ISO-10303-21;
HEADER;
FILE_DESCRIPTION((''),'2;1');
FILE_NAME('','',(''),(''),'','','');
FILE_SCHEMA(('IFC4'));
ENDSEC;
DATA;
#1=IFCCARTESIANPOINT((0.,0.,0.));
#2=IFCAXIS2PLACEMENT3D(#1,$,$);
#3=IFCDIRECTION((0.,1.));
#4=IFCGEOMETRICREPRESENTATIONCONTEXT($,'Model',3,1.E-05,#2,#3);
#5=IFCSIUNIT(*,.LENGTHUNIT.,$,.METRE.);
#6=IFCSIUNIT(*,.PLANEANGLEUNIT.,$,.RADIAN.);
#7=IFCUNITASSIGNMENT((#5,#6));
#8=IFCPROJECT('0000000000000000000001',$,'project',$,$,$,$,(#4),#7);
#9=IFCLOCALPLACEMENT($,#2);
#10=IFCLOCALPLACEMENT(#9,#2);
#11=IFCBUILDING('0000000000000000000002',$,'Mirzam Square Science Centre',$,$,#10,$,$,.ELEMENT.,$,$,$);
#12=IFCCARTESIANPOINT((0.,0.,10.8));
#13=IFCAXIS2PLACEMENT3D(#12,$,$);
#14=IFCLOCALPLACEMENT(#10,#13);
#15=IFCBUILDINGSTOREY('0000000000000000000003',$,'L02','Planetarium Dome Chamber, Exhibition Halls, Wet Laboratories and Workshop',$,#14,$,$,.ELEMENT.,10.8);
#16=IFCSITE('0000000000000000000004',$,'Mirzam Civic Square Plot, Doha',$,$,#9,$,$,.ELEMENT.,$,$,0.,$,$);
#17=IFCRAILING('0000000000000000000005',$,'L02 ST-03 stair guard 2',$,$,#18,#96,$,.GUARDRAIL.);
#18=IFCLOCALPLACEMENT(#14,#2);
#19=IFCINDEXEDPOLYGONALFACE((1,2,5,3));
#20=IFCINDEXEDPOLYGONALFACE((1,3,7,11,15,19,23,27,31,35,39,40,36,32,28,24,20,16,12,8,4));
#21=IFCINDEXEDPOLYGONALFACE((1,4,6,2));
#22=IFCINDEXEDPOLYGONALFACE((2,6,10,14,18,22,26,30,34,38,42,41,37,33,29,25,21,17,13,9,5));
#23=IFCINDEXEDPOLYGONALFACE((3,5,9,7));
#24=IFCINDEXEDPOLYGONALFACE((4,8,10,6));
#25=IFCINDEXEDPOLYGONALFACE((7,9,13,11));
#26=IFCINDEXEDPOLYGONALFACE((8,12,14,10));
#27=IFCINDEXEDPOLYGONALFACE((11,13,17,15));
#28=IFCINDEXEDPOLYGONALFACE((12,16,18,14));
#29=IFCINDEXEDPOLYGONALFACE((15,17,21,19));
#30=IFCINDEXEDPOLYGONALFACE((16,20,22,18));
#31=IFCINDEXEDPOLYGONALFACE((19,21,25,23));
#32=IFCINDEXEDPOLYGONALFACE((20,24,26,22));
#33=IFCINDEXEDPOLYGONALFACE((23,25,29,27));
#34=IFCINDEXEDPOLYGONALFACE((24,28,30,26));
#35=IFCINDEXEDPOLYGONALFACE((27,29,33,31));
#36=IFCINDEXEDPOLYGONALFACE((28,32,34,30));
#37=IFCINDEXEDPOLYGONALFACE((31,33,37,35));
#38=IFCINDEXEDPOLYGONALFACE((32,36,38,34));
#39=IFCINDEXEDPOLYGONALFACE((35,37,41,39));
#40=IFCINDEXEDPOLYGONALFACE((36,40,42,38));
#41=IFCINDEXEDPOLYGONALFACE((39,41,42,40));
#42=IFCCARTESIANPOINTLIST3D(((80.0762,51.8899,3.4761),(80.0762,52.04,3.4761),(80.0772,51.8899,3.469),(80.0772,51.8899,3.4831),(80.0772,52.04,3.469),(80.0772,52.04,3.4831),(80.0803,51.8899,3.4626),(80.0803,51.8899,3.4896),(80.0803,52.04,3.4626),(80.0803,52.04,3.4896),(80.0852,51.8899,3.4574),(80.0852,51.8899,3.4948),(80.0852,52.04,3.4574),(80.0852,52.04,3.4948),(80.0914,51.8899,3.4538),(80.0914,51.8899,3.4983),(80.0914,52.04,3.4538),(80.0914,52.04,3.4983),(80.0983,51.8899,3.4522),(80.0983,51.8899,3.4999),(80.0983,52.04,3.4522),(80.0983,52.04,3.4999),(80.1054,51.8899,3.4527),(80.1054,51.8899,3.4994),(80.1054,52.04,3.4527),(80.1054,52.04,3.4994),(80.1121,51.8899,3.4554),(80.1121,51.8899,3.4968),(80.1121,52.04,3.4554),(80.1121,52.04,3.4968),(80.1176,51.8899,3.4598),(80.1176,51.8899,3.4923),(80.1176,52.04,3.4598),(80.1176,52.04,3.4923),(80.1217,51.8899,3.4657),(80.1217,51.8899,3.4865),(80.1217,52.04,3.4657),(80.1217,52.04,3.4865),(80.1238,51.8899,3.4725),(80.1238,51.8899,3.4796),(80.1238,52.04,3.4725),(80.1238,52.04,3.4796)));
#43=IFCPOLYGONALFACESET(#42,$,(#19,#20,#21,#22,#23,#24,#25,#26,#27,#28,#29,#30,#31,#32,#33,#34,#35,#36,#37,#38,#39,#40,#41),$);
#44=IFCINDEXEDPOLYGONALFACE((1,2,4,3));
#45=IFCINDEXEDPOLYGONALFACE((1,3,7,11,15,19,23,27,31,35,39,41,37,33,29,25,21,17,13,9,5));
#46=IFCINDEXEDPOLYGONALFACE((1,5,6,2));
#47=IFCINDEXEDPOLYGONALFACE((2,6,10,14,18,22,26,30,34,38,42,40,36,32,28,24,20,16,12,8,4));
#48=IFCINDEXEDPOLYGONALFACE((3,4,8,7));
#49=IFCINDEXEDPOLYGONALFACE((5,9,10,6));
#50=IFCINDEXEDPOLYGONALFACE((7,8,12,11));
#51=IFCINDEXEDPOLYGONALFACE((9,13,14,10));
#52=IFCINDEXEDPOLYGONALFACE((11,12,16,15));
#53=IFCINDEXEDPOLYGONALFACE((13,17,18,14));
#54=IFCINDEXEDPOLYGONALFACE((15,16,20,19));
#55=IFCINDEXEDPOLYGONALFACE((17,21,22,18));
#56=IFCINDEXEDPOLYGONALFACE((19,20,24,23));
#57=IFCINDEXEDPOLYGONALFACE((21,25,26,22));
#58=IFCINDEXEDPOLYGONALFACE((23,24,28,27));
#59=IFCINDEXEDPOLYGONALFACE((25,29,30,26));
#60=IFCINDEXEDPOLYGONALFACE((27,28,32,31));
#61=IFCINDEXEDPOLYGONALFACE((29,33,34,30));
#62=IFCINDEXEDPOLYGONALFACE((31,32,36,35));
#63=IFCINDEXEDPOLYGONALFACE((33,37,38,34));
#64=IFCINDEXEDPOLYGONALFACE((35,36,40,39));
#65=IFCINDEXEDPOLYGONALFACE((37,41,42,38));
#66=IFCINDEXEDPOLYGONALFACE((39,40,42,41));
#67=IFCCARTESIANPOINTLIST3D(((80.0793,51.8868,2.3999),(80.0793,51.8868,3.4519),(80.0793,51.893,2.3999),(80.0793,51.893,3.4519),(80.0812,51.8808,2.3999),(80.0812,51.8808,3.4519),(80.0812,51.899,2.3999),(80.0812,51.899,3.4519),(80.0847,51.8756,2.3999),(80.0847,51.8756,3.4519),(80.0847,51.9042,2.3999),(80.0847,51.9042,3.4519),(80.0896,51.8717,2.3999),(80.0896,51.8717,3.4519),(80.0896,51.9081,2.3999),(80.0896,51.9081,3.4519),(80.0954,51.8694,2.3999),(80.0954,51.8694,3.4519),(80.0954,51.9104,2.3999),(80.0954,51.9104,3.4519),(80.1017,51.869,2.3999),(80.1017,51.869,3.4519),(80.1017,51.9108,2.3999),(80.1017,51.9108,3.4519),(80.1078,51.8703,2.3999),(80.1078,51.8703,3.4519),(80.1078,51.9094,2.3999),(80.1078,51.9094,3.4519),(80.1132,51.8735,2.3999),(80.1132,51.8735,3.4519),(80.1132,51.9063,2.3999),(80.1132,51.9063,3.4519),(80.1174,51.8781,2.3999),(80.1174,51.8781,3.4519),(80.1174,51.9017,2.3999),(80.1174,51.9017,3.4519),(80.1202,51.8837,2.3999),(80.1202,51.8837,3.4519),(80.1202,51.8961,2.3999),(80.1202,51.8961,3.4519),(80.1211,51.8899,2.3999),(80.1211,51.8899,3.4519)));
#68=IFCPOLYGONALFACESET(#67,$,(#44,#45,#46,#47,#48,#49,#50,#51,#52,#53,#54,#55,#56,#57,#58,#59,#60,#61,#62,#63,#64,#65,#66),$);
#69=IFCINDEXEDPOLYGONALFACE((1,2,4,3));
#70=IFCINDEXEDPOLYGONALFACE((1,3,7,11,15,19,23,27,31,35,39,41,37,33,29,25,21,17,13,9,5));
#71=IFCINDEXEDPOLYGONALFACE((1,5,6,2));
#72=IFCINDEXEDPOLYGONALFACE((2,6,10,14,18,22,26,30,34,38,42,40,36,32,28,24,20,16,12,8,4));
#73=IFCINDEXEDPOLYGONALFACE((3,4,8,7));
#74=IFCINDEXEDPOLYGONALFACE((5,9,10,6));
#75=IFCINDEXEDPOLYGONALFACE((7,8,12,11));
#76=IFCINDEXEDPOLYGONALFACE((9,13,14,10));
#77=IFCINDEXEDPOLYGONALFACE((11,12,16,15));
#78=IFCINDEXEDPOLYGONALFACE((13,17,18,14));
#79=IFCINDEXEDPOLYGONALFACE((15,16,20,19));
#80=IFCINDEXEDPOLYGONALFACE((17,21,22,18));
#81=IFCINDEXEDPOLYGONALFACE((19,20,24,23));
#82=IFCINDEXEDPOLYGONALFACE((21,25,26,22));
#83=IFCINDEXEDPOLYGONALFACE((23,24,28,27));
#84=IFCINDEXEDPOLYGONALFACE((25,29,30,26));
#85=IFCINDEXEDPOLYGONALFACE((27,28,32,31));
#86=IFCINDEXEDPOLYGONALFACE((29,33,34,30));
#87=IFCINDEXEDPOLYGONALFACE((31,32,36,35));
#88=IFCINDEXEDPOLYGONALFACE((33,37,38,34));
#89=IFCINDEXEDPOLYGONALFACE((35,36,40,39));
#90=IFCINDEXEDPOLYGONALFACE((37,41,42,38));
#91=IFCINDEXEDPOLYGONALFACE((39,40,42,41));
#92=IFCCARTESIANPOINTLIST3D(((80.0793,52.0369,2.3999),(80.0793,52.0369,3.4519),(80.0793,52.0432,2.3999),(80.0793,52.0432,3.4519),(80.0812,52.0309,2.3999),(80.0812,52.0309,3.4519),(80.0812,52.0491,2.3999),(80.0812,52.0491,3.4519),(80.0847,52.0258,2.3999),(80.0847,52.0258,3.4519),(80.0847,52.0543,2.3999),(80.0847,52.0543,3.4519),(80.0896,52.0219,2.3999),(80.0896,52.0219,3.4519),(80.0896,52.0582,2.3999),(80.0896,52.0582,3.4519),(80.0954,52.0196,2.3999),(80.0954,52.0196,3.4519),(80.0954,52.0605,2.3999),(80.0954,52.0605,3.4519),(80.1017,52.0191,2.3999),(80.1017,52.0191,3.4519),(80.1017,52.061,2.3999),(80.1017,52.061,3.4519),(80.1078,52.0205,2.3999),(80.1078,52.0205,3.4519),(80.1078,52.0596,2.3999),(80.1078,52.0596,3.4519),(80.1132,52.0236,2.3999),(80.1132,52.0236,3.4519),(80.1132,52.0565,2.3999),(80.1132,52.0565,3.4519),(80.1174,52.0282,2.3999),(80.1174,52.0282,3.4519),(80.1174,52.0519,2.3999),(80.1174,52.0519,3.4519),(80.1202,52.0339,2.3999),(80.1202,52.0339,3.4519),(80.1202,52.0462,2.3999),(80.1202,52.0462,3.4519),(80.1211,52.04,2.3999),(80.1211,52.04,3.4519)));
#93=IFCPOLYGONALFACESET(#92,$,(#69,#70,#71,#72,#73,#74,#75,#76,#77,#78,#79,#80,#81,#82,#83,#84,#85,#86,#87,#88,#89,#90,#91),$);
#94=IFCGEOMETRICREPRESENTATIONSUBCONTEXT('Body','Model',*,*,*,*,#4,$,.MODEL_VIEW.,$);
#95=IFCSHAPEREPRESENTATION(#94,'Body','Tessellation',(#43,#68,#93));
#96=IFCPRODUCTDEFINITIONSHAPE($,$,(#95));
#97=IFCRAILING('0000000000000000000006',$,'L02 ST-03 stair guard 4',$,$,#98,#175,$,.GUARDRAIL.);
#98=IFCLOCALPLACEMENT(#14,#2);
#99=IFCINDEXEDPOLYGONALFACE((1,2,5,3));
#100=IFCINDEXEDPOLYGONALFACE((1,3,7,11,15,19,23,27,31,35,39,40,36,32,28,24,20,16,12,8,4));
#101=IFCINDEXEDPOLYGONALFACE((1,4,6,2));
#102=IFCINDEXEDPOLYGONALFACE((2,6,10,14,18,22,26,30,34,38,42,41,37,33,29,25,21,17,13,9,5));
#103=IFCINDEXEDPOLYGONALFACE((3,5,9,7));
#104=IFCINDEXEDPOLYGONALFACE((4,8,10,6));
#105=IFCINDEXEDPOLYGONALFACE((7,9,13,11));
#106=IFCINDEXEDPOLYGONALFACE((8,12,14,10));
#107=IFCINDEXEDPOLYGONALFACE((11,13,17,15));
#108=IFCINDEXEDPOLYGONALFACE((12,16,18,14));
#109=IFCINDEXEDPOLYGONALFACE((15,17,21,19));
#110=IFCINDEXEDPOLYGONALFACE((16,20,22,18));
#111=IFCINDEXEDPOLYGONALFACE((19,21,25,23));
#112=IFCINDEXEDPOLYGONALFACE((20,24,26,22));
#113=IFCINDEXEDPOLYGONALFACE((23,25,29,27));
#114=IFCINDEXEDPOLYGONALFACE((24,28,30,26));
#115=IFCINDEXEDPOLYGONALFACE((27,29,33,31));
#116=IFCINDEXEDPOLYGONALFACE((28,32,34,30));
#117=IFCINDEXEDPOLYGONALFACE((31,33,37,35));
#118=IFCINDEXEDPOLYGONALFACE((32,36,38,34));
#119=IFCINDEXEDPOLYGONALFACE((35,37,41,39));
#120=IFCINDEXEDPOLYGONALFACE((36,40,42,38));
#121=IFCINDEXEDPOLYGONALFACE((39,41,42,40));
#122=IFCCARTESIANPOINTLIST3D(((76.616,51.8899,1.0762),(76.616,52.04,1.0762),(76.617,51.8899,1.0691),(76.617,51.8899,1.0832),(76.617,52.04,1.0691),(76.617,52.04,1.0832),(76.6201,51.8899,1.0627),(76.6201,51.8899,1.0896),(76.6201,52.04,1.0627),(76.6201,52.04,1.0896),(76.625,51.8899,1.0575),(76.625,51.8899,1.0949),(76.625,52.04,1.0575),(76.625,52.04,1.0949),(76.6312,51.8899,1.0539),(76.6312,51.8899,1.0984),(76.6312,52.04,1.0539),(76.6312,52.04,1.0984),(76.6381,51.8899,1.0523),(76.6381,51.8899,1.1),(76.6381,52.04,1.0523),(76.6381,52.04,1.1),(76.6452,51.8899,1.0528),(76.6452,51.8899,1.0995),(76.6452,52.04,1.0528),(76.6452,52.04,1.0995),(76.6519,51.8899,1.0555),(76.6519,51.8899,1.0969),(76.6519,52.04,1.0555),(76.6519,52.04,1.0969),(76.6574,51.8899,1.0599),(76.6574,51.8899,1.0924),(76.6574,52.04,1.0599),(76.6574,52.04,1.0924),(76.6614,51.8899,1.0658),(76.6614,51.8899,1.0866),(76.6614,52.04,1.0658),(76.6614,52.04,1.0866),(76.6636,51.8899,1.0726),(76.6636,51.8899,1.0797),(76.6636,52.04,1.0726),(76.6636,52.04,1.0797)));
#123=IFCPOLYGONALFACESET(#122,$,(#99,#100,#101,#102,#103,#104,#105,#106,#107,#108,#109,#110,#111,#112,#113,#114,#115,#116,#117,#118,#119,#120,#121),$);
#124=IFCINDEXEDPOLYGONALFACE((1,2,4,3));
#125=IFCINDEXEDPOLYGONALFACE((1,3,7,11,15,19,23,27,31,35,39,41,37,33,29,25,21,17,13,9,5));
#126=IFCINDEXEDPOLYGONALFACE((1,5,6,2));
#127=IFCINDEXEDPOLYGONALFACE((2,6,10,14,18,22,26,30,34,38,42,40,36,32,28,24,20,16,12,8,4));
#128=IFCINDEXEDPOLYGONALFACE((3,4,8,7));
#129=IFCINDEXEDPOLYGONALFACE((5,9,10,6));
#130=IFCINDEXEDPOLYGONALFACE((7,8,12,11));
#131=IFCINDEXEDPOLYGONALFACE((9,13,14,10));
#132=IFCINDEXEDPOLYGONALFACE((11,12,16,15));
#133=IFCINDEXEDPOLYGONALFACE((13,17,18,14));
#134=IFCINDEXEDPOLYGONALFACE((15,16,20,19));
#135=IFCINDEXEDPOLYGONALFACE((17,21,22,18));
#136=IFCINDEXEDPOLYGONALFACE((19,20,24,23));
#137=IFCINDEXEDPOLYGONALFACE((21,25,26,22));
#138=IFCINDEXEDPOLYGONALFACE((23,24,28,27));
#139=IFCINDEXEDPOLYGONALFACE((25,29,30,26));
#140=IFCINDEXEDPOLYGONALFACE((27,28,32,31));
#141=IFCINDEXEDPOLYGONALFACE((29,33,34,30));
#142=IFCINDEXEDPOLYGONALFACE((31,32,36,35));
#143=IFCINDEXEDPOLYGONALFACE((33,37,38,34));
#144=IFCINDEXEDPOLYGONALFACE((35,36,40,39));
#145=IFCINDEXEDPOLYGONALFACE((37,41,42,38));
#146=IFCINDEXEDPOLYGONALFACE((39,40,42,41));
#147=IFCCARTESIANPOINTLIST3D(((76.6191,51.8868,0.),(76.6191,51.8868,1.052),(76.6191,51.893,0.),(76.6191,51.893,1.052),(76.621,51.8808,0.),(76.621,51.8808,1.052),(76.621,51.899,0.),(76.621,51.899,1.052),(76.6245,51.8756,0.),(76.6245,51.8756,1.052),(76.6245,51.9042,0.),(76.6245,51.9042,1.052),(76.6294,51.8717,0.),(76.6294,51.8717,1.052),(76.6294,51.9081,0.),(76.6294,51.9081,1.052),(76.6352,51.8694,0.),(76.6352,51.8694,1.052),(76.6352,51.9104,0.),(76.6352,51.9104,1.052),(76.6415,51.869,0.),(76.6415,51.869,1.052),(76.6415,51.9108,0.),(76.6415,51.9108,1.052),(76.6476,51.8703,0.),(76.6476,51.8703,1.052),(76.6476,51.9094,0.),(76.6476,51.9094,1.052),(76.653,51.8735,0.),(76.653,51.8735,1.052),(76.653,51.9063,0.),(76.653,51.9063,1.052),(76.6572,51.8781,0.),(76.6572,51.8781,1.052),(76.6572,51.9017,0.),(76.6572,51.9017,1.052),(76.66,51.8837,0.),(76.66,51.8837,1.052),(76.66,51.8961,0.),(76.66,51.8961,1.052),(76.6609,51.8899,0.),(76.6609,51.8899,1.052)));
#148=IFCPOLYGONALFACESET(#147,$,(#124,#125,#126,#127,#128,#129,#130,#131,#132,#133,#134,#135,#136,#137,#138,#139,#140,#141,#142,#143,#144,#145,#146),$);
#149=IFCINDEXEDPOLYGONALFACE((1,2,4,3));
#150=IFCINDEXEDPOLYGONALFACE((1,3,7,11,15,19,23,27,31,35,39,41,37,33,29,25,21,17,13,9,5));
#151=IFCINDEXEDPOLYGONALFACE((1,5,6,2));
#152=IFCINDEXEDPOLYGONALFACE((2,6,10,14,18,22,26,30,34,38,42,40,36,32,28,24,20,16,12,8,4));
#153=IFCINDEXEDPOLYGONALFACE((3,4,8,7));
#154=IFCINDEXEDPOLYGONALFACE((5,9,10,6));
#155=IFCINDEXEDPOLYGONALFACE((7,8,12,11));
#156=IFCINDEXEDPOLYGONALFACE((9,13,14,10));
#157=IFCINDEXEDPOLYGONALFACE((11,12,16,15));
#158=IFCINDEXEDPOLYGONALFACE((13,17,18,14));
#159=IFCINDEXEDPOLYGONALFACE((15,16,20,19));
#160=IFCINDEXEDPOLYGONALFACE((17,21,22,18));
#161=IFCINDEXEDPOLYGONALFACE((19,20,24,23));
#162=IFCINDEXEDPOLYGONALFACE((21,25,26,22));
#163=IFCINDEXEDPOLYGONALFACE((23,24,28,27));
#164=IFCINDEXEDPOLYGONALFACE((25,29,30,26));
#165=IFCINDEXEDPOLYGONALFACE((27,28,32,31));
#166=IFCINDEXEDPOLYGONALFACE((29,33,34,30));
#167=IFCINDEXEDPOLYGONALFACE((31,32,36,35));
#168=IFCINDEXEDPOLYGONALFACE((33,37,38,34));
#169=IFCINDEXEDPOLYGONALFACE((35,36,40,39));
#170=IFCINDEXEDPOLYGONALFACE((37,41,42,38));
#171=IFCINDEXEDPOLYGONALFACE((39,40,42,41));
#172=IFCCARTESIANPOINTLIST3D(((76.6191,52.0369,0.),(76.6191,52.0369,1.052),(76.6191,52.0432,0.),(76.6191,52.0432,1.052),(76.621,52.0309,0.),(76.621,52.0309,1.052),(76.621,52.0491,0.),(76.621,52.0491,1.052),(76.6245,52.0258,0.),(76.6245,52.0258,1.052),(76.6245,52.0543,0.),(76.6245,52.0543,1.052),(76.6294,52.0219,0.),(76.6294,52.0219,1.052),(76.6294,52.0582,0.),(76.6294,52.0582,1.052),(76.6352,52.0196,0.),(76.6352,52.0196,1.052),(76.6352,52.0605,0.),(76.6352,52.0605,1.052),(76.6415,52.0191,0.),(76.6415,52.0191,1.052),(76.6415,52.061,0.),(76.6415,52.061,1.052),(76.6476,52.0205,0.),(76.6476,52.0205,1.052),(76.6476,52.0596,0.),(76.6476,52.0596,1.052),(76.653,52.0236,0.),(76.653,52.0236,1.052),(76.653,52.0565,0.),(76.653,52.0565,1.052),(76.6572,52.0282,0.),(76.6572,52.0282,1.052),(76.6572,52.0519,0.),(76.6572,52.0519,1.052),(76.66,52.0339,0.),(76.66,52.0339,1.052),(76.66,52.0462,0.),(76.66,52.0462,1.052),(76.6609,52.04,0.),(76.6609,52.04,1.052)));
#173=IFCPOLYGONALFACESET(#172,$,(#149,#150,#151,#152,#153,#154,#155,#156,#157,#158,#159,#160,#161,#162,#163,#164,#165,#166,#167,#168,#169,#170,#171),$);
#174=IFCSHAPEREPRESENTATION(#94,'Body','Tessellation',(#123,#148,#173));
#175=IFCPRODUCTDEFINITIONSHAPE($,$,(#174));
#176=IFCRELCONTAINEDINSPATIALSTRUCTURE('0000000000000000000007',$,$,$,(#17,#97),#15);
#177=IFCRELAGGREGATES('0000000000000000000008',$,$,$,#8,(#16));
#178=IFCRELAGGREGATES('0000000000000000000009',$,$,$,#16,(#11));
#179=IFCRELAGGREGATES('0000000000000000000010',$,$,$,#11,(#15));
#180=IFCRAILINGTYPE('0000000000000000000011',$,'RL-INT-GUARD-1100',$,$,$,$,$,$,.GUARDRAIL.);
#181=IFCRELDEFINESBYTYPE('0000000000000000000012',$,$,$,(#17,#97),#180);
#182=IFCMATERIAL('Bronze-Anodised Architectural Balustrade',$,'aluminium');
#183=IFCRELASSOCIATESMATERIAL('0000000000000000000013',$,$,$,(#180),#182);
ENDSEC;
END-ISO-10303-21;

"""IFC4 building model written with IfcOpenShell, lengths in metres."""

from ifc_helpers import new_model, si_unit, direction, frame, origin, origin_2d, place, context, subcontext, project, spatial, circle, extrude, material, type_object, element, save


model = new_model("IFC4")

# Units and contexts
model_context = context("Model", 3, precision=1e-05, world=origin(), true_north=direction((0.0, 1.0)))
body_context = subcontext(model_context, "Body", "Model", "MODEL_VIEW")
ifc_project = project(units=[si_unit("LENGTHUNIT", "METRE"), si_unit("PLANEANGLEUNIT", "RADIAN")], contexts=[model_context])

# Site, building, storey
site_placement = place(None, origin())
site = spatial("IfcSite", under=ifc_project, at=site_placement, Name="Mirzam Civic Square Plot, Doha", CompositionType="ELEMENT", RefElevation=0.0)
building_placement = place(site_placement, origin())
building = spatial("IfcBuilding", under=site, at=building_placement, Name="Mirzam Square Science Centre", CompositionType="ELEMENT")
storey_placement = place(building_placement, frame((0.0, 0.0, 10.8)))
storey = spatial("IfcBuildingStorey", under=building, at=storey_placement, Name="L02", Description="Planetarium Dome Chamber, Exhibition Halls, Wet Laboratories and Workshop", CompositionType="ELEMENT", Elevation=10.8)

# Railings
ifc_material_1 = material(Name="Bronze-Anodised Architectural Balustrade", Category="aluminium")
railing_type_1 = type_object("IfcRailingType", Name="RL-INT-GUARD-1100", PredefinedType="GUARDRAIL", material=ifc_material_1)
for number, where, name in (
    (1, (80.1001, 51.8899, 2.3999), "L02 ST-03 stair guard 2"),
    (2, (76.6399, 51.8899, 0.0), "L02 ST-03 stair guard 4"),
):
    element("IfcRailing", number, at=place(storey_placement, frame(where)), inside=storey, type_object=railing_type_1, Name=name, PredefinedType="GUARDRAIL", context=body_context, shape_type="SweptSolid", body=[
        extrude(circle(Radius=0.0239, at=origin_2d()), frame((0.0, 0.0, 1.0762), z_axis=(0.0, 1.0, 0.0), x_axis=(-1.0, 0.0, 0.0)), (0.0, 0.0, 1.0), 0.1501),
        extrude(circle(Radius=0.021, at=origin_2d()), origin(), (0.0, 0.0, 1.0), 1.052),
        extrude(circle(Radius=0.021, at=origin_2d()), frame((0.0, 0.1501, 0.0)), (0.0, 0.0, 1.0), 1.052),
    ])

save(model, "model.ifc")
